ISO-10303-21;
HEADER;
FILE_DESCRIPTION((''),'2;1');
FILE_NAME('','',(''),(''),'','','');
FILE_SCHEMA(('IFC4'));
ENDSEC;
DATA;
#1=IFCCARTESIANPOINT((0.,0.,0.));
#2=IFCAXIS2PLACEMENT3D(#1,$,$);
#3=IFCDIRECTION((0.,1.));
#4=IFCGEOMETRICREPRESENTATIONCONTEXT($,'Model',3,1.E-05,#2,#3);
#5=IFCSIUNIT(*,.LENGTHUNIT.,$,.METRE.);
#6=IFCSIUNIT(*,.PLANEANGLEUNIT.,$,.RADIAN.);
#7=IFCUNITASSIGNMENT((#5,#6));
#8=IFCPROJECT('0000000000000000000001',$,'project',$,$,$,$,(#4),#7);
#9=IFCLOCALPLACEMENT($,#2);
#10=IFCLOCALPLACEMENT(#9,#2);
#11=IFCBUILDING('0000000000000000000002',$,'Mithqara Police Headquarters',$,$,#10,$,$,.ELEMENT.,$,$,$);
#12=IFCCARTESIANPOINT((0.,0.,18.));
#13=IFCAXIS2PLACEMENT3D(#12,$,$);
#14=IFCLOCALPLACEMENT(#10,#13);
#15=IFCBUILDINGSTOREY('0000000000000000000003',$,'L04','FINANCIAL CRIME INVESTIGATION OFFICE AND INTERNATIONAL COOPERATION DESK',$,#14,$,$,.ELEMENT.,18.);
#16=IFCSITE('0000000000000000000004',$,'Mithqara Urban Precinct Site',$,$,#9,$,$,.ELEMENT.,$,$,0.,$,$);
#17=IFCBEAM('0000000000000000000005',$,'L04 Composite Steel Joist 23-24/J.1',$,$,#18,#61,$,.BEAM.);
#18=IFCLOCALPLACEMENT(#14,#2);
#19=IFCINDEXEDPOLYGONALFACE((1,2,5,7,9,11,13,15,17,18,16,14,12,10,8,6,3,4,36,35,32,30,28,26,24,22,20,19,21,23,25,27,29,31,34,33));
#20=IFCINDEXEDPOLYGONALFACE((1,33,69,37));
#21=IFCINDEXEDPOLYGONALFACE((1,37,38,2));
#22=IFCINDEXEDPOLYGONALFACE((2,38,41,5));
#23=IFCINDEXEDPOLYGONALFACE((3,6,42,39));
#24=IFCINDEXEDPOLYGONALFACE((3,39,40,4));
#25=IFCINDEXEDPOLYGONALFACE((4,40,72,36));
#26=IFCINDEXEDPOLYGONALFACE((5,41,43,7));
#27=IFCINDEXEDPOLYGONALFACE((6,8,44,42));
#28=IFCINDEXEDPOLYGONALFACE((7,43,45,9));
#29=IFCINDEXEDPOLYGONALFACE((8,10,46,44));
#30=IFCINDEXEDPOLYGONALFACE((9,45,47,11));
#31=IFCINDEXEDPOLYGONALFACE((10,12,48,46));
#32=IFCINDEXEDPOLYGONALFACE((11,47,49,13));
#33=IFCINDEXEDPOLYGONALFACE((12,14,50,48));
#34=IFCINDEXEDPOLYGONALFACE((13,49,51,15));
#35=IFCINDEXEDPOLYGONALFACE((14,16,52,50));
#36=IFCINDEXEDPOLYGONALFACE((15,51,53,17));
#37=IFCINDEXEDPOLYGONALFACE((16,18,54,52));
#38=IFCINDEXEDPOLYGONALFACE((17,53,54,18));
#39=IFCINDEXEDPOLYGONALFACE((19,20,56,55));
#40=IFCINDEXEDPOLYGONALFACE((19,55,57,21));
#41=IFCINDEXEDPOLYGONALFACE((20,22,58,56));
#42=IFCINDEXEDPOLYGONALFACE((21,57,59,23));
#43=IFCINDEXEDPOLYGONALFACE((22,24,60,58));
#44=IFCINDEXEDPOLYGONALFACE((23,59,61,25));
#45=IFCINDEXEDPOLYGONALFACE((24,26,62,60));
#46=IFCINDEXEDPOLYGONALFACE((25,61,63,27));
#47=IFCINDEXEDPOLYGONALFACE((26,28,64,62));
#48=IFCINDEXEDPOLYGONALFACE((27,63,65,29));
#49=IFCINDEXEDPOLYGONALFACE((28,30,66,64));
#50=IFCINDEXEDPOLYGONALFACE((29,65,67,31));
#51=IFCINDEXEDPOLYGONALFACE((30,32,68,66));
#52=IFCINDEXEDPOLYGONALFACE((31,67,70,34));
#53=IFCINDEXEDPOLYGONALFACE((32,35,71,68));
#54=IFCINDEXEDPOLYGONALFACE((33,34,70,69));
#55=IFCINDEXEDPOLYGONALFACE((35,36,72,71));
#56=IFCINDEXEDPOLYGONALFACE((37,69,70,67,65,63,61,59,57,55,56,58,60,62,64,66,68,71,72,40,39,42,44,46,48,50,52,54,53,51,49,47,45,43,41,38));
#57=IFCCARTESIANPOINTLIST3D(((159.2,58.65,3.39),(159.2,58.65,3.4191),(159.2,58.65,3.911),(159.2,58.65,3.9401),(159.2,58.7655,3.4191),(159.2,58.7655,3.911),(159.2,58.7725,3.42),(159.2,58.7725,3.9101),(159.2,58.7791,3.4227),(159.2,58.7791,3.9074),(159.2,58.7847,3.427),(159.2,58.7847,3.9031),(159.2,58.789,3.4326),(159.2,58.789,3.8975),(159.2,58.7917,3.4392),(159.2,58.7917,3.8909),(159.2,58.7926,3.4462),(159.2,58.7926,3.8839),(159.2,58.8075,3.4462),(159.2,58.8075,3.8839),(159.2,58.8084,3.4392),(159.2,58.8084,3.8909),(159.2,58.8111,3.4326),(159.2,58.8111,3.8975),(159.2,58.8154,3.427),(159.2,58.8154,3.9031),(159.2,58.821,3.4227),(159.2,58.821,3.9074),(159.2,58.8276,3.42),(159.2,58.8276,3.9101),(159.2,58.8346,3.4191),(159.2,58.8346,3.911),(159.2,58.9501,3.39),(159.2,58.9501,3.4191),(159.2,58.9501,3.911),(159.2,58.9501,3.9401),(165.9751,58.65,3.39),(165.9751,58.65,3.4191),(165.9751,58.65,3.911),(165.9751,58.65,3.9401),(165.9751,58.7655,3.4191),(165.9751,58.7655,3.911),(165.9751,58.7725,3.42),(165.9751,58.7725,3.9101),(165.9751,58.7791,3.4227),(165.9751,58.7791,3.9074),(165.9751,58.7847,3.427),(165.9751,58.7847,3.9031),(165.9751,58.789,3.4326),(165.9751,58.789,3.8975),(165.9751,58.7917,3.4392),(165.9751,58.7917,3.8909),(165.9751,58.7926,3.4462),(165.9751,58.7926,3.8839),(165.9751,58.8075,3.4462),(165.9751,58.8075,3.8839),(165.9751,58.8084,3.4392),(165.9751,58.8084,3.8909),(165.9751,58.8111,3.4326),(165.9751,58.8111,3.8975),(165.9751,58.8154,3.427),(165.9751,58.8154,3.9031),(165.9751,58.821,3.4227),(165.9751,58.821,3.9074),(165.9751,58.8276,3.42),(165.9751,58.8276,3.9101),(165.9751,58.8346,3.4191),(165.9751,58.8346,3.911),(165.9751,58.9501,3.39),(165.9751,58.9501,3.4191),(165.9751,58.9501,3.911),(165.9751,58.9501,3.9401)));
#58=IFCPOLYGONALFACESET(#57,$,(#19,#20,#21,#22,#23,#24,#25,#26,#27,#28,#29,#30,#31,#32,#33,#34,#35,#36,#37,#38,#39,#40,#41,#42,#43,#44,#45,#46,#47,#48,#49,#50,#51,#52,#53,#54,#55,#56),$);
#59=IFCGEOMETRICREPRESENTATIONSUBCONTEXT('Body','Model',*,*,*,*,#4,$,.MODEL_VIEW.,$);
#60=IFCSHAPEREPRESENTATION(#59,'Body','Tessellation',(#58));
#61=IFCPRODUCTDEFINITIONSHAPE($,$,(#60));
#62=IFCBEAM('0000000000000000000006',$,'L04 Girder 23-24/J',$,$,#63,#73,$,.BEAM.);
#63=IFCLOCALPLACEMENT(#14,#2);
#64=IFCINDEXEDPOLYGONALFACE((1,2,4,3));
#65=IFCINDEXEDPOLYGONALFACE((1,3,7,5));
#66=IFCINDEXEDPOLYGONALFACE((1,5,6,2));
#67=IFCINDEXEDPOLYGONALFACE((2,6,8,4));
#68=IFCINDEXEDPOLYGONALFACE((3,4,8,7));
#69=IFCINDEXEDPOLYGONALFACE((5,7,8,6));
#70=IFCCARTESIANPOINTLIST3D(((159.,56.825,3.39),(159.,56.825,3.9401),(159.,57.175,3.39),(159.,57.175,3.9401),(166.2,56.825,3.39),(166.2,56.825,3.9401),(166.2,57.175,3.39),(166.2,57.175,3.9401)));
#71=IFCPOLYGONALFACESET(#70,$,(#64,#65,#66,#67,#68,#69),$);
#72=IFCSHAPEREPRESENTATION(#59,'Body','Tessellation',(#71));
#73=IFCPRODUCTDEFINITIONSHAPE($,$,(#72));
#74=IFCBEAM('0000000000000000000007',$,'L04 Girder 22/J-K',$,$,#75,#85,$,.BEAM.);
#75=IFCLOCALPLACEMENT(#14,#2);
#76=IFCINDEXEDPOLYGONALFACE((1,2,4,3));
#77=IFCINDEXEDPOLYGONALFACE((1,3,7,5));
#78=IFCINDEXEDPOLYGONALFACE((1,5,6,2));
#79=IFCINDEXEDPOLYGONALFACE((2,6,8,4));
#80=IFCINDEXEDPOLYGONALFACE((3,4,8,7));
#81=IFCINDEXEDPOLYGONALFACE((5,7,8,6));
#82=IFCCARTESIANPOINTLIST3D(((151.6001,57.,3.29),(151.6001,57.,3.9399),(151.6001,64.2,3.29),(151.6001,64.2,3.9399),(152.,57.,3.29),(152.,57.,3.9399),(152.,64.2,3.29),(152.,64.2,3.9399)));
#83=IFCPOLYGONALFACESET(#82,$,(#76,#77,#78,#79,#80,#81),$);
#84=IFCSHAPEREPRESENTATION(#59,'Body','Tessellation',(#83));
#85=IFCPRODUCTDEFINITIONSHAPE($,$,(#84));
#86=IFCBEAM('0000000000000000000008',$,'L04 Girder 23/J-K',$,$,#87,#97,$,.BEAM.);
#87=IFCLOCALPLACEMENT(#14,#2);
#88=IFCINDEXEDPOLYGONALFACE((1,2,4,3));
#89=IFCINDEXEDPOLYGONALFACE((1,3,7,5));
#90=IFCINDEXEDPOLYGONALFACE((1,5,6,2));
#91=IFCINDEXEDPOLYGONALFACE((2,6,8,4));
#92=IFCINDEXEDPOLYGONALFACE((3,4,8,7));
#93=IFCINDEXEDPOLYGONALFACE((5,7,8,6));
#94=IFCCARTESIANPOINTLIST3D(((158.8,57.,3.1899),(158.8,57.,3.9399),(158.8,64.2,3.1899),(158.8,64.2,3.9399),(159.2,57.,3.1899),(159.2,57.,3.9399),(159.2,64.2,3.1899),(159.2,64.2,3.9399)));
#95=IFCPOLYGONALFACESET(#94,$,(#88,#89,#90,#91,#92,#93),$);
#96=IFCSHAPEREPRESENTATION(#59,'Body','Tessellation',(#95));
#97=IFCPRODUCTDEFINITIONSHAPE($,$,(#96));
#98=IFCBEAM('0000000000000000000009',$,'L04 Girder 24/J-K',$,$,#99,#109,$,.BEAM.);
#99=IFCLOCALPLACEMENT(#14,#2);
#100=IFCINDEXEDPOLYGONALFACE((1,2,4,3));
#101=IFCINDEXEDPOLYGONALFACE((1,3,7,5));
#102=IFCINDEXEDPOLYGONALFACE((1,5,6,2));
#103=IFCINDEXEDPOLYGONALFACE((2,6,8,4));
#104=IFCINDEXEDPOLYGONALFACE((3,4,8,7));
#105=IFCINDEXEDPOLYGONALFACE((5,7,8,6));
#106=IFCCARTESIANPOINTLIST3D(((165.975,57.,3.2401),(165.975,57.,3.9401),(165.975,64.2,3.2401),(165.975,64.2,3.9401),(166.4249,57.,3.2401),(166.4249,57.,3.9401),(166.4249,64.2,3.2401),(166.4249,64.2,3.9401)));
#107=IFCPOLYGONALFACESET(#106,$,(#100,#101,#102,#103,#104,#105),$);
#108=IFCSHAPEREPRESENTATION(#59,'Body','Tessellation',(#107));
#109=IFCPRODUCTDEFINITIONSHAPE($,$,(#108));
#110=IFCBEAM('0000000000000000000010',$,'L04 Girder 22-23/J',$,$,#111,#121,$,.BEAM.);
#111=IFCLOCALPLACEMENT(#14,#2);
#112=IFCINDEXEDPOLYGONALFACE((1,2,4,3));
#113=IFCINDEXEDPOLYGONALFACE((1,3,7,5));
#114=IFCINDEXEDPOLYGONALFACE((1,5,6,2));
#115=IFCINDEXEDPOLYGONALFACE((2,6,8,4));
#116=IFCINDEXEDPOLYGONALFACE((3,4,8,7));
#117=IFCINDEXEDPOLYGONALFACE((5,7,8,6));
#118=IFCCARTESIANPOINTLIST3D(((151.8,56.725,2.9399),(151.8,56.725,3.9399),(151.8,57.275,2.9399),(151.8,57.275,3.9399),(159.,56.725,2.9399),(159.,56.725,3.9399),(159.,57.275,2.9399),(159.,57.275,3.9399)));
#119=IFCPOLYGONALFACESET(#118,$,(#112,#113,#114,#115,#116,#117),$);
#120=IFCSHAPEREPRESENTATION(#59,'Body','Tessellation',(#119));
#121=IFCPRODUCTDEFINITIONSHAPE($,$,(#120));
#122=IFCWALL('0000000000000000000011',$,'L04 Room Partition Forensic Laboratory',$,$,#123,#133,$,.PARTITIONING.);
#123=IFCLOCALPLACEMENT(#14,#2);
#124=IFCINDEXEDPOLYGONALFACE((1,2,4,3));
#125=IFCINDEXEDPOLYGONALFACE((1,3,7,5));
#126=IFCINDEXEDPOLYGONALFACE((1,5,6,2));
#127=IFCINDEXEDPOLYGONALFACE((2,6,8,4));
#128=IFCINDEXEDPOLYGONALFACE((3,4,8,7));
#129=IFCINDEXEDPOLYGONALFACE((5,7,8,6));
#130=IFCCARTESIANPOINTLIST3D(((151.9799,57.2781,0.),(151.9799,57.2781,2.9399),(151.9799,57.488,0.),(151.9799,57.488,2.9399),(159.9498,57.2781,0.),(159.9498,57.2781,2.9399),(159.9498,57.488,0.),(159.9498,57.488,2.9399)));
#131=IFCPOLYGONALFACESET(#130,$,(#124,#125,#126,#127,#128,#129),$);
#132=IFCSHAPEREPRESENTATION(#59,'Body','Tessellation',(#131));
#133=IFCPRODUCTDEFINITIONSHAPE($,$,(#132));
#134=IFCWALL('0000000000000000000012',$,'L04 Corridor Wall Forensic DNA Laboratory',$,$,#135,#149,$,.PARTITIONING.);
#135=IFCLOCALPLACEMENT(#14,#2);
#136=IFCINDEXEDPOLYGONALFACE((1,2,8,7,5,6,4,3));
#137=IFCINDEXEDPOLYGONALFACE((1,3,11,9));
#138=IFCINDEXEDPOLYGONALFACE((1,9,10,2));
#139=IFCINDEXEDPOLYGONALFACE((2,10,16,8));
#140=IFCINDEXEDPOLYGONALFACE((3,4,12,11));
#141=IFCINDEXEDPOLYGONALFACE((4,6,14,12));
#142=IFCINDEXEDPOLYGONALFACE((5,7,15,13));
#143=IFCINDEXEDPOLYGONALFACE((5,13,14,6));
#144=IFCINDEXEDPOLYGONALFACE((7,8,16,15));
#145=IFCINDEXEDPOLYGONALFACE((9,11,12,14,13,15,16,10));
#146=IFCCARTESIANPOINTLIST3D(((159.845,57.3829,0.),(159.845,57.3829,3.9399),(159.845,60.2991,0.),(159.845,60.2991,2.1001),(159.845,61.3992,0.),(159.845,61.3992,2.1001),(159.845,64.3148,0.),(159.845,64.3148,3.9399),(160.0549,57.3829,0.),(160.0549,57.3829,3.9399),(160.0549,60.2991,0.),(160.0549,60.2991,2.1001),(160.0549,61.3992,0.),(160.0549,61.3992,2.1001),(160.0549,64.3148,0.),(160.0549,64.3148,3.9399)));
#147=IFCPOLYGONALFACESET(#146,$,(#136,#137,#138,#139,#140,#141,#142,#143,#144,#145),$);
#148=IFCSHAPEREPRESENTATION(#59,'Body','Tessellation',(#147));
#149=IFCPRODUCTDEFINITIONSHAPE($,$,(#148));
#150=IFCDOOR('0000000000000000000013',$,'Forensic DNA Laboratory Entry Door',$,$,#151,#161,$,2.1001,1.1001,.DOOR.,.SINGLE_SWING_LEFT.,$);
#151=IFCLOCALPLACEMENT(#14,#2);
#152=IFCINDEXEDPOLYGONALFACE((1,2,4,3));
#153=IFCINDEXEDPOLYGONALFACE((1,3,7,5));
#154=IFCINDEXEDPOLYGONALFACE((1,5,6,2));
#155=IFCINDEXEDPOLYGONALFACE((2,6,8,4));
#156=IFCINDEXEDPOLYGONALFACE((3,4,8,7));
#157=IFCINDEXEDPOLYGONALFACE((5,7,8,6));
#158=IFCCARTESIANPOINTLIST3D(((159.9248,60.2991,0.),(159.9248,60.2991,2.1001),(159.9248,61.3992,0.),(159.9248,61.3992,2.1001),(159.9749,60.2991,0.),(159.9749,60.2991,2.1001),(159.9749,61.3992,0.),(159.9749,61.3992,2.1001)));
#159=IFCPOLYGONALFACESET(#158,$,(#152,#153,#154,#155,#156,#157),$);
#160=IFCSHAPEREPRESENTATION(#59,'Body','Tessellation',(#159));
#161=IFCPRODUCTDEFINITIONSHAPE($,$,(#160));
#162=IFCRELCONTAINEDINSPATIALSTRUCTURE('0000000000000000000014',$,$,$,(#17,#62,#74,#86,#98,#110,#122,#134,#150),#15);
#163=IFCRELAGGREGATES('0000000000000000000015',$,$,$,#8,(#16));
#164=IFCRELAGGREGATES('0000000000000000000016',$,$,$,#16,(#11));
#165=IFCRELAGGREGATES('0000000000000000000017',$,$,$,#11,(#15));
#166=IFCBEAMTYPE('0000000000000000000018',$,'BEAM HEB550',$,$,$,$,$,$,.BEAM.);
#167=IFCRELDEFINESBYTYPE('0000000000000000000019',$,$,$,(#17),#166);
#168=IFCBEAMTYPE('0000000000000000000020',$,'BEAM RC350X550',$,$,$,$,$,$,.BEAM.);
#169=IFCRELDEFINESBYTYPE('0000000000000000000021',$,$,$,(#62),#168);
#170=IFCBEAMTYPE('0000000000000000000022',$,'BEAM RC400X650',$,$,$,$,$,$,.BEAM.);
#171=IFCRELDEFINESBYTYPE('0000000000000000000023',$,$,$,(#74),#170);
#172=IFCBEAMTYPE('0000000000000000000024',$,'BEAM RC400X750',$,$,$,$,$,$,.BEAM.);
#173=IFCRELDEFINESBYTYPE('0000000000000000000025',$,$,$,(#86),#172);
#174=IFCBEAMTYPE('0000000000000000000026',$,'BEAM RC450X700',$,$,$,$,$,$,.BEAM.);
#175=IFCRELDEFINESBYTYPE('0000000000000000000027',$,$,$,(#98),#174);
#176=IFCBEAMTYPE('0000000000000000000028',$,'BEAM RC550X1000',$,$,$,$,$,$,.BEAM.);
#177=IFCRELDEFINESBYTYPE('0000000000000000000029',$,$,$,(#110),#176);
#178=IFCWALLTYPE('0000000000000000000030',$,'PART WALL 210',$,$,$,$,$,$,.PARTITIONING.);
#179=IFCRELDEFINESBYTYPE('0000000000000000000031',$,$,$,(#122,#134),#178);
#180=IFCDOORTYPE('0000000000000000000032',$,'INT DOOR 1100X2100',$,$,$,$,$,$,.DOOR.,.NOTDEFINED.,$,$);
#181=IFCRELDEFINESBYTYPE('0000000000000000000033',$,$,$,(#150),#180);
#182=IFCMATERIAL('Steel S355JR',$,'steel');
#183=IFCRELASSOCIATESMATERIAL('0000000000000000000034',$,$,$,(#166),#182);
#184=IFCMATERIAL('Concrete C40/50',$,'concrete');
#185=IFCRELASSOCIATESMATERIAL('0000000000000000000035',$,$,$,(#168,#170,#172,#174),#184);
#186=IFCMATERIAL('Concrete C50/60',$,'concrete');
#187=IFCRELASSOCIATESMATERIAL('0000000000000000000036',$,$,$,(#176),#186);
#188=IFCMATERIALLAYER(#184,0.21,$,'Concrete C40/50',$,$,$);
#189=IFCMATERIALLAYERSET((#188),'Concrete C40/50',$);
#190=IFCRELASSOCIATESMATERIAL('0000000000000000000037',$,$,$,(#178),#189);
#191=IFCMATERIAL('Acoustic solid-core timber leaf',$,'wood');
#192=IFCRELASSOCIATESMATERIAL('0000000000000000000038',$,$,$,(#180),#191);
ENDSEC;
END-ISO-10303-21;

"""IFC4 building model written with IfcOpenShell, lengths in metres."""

from ifc_helpers import new_model, si_unit, direction, frame, frame_2d, origin, origin_2d, place, context, subcontext, project, spatial, rectangle, i_section, extrude, material, layer, layer_set, material_profile, profile_set, type_object, element, fill, save


model = new_model("IFC4")

# Units and contexts
model_context = context("Model", 3, precision=1e-05, world=origin(), true_north=direction((0.0, 1.0)))
body_context = subcontext(model_context, "Body", "Model", "MODEL_VIEW")
ifc_project = project(units=[si_unit("LENGTHUNIT", "METRE"), si_unit("PLANEANGLEUNIT", "RADIAN")], contexts=[model_context])

# Site, building, storey
site_placement = place(None, origin())
site = spatial("IfcSite", under=ifc_project, at=site_placement, Name="Mithqara Urban Precinct Site", CompositionType="ELEMENT", RefElevation=0.0)
building_placement = place(site_placement, origin())
building = spatial("IfcBuilding", under=site, at=building_placement, Name="Mithqara Police Headquarters", CompositionType="ELEMENT")
storey_placement = place(building_placement, frame((0.0, 0.0, 18.0)))
storey = spatial("IfcBuildingStorey", under=building, at=storey_placement, Name="L04", Description="FINANCIAL CRIME INVESTIGATION OFFICE AND INTERNATIONAL COOPERATION DESK", CompositionType="ELEMENT", Elevation=18.0)

# Shared definitions
ifc_material_1 = material(Name="Concrete C50/60", Category="concrete")

# Beams
ifc_material_2 = material(Name="Steel S355JR", Category="steel")
ifc_material_profile_1 = material_profile(ifc_material_2, i_section(OverallWidth=0.3, OverallDepth=0.55, WebThickness=0.0149, FlangeThickness=0.0291, FilletRadius=0.0271, at=origin_2d()), Name="HEB 550")
ifc_profile_set_1 = profile_set([ifc_material_profile_1], Name="Steel S355JR")
beam_type_1 = type_object("IfcBeamType", Name="BEAM HEB550", PredefinedType="BEAM", material=ifc_profile_set_1)
beam_1_placement = place(storey_placement, frame((159.2, 58.8, 3.665), z_axis=(1.0, 0.0, 0.0), x_axis=(0.0, 1.0, 0.0)))
element("IfcBeam", 1, at=beam_1_placement, inside=storey, type_object=beam_type_1, Name="L04 Composite Steel Joist 23-24/J.1", PredefinedType="BEAM", context=body_context, shape_type="SweptSolid", body=[
    extrude(i_section(OverallWidth=0.3, OverallDepth=0.55, WebThickness=0.0149, FlangeThickness=0.0291, FilletRadius=0.0271, at=origin_2d()), origin(), (0.0, 0.0, 1.0), 6.7751),
])
ifc_material_3 = material(Name="Concrete C40/50", Category="concrete")
ifc_material_profile_2 = material_profile(ifc_material_3, rectangle(XDim=0.3501, YDim=0.55, at=origin_2d()), Name="RC 350x550")
ifc_profile_set_2 = profile_set([ifc_material_profile_2], Name="Concrete C40/50")
beam_type_2 = type_object("IfcBeamType", Name="BEAM RC350X550", PredefinedType="BEAM", material=ifc_profile_set_2)
beam_2_placement = place(storey_placement, frame((159.0, 57.0, 3.665), z_axis=(1.0, 0.0, 0.0), x_axis=(0.0, 1.0, 0.0)))
element("IfcBeam", 2, at=beam_2_placement, inside=storey, type_object=beam_type_2, Name="L04 Girder 23-24/J", PredefinedType="BEAM", context=body_context, shape_type="SweptSolid", body=[
    extrude(rectangle(XDim=0.3501, YDim=0.55, at=origin_2d()), origin(), (0.0, 0.0, 1.0), 7.2),
])
ifc_material_profile_3 = material_profile(ifc_material_3, rectangle(XDim=0.3999, YDim=0.6499, at=origin_2d()), Name="RC 400x650")
ifc_profile_set_3 = profile_set([ifc_material_profile_3], Name="Concrete C40/50")
beam_type_3 = type_object("IfcBeamType", Name="BEAM RC400X650", PredefinedType="BEAM", material=ifc_profile_set_3)
beam_3_placement = place(storey_placement, frame((151.8, 57.0, 3.615), z_axis=(0.0, 1.0, 0.0), x_axis=(-1.0, 0.0, 0.0)))
element("IfcBeam", 3, at=beam_3_placement, inside=storey, type_object=beam_type_3, Name="L04 Girder 22/J-K", PredefinedType="BEAM", context=body_context, shape_type="SweptSolid", body=[
    extrude(rectangle(XDim=0.3999, YDim=0.6499, at=origin_2d()), origin(), (0.0, 0.0, 1.0), 7.2),
])
ifc_material_profile_4 = material_profile(ifc_material_3, rectangle(XDim=0.3999, YDim=0.75, at=origin_2d()), Name="RC 400x750")
ifc_profile_set_4 = profile_set([ifc_material_profile_4], Name="Concrete C40/50")
beam_type_4 = type_object("IfcBeamType", Name="BEAM RC400X750", PredefinedType="BEAM", material=ifc_profile_set_4)
beam_4_placement = place(storey_placement, frame((159.0, 57.0, 3.5649), z_axis=(0.0, 1.0, 0.0), x_axis=(-1.0, 0.0, 0.0)))
element("IfcBeam", 4, at=beam_4_placement, inside=storey, type_object=beam_type_4, Name="L04 Girder 23/J-K", PredefinedType="BEAM", context=body_context, shape_type="SweptSolid", body=[
    extrude(rectangle(XDim=0.3999, YDim=0.75, at=origin_2d()), origin(), (0.0, 0.0, 1.0), 7.2),
])
ifc_material_profile_5 = material_profile(ifc_material_3, rectangle(XDim=0.45, YDim=0.7, at=origin_2d()), Name="RC 450x700")
ifc_profile_set_5 = profile_set([ifc_material_profile_5], Name="Concrete C40/50")
beam_type_5 = type_object("IfcBeamType", Name="BEAM RC450X700", PredefinedType="BEAM", material=ifc_profile_set_5)
beam_5_placement = place(storey_placement, frame((166.2, 57.0, 3.5901), z_axis=(0.0, 1.0, 0.0), x_axis=(-1.0, 0.0, 0.0)))
element("IfcBeam", 5, at=beam_5_placement, inside=storey, type_object=beam_type_5, Name="L04 Girder 24/J-K", PredefinedType="BEAM", context=body_context, shape_type="SweptSolid", body=[
    extrude(rectangle(XDim=0.45, YDim=0.7, at=origin_2d()), origin(), (0.0, 0.0, 1.0), 7.2),
])
ifc_material_profile_6 = material_profile(ifc_material_1, rectangle(XDim=0.55, YDim=1.0, at=origin_2d()), Name="RC 550x1000")
ifc_profile_set_6 = profile_set([ifc_material_profile_6], Name="Concrete C50/60")
beam_type_6 = type_object("IfcBeamType", Name="BEAM RC550X1000", PredefinedType="BEAM", material=ifc_profile_set_6)
beam_6_placement = place(storey_placement, frame((151.8, 57.0, 3.4399), z_axis=(1.0, 0.0, 0.0), x_axis=(0.0, 1.0, 0.0)))
element("IfcBeam", 6, at=beam_6_placement, inside=storey, type_object=beam_type_6, Name="L04 Girder 22-23/J", PredefinedType="BEAM", context=body_context, shape_type="SweptSolid", body=[
    extrude(rectangle(XDim=0.55, YDim=1.0, at=origin_2d()), origin(), (0.0, 0.0, 1.0), 7.2),
])

# Wall
ifc_layer_1 = layer(ifc_material_3, 0.21, Name="Concrete C40/50")
ifc_layer_set_1 = layer_set([ifc_layer_1], Name="Concrete C40/50")
wall_type = type_object("IfcWallType", Name="PART WALL 210", PredefinedType="PARTITIONING", material=ifc_layer_set_1)
wall_1_placement = place(storey_placement, frame((151.98, 57.3831, 0.0), z_axis=(0.0, 0.0, 1.0), x_axis=(1.0, 0.0, 0.0)))
element("IfcWall", 7, at=wall_1_placement, inside=storey, type_object=wall_type, Name="L04 Room Partition Forensic Laboratory", PredefinedType="PARTITIONING", context=body_context, shape_type="SweptSolid", body=[
    extrude(rectangle(XDim=7.97, YDim=0.21, at=frame_2d((3.9849, 0.0))), origin(), (0.0, 0.0, 1.0), 2.9399),
])

# Wall, opening, door
wall_2_placement = place(storey_placement, frame((159.95, 57.3831, 0.0), z_axis=(0.0, 0.0, 1.0), x_axis=(0.0, 1.0, 0.0)))
wall_2 = element("IfcWall", 8, at=wall_2_placement, inside=storey, type_object=wall_type, Name="L04 Corridor Wall Forensic DNA Laboratory", PredefinedType="PARTITIONING", context=body_context, shape_type="SweptSolid", body=[
    extrude(rectangle(XDim=6.9319, YDim=0.21, at=frame_2d((3.4658, 0.0))), origin(), (0.0, 0.0, 1.0), 3.9399),
])
opening_1_placement = place(wall_2_placement, frame((2.916, 0.0, 0.0)))
opening_1 = element("IfcOpeningElement", 9, at=opening_1_placement, cuts=wall_2, PredefinedType="OPENING", context=body_context, shape_type="SweptSolid", body=[
    extrude(rectangle(XDim=1.1001, YDim=2.1001, at=frame_2d((0.55, 1.05))), frame((0.0, 0.115, 0.0), z_axis=(0.0, -1.0, 0.0), x_axis=(1.0, 0.0, 0.0)), (0.0, 0.0, 1.0), 0.23),
])
ifc_material_4 = material(Name="Acoustic solid-core timber leaf", Category="wood")
door_type_1 = type_object("IfcDoorType", Name="INT DOOR 1100X2100", OperationType="NOTDEFINED", PredefinedType="DOOR", material=ifc_material_4)
door_1_placement = place(opening_1_placement, frame((1.1001, 0.0, 0.0), z_axis=(0.0, 0.0, 1.0), x_axis=(-1.0, 0.0, 0.0)))
door_1 = element("IfcDoor", 10, at=door_1_placement, inside=storey, type_object=door_type_1, Name="Forensic DNA Laboratory Entry Door", OperationType="SINGLE_SWING_LEFT", OverallHeight=2.1001, OverallWidth=1.1001, PredefinedType="DOOR", context=body_context, shape_type="SweptSolid", body=[
    extrude(rectangle(XDim=1.1001, YDim=2.1001, at=frame_2d((0.55, 1.05))), frame((0.0, 0.0249, 0.0), z_axis=(0.0, -1.0, 0.0), x_axis=(1.0, 0.0, 0.0)), (0.0, 0.0, 1.0), 0.05),
])
fill(opening_1, door_1)

save(model, "model.ifc")
